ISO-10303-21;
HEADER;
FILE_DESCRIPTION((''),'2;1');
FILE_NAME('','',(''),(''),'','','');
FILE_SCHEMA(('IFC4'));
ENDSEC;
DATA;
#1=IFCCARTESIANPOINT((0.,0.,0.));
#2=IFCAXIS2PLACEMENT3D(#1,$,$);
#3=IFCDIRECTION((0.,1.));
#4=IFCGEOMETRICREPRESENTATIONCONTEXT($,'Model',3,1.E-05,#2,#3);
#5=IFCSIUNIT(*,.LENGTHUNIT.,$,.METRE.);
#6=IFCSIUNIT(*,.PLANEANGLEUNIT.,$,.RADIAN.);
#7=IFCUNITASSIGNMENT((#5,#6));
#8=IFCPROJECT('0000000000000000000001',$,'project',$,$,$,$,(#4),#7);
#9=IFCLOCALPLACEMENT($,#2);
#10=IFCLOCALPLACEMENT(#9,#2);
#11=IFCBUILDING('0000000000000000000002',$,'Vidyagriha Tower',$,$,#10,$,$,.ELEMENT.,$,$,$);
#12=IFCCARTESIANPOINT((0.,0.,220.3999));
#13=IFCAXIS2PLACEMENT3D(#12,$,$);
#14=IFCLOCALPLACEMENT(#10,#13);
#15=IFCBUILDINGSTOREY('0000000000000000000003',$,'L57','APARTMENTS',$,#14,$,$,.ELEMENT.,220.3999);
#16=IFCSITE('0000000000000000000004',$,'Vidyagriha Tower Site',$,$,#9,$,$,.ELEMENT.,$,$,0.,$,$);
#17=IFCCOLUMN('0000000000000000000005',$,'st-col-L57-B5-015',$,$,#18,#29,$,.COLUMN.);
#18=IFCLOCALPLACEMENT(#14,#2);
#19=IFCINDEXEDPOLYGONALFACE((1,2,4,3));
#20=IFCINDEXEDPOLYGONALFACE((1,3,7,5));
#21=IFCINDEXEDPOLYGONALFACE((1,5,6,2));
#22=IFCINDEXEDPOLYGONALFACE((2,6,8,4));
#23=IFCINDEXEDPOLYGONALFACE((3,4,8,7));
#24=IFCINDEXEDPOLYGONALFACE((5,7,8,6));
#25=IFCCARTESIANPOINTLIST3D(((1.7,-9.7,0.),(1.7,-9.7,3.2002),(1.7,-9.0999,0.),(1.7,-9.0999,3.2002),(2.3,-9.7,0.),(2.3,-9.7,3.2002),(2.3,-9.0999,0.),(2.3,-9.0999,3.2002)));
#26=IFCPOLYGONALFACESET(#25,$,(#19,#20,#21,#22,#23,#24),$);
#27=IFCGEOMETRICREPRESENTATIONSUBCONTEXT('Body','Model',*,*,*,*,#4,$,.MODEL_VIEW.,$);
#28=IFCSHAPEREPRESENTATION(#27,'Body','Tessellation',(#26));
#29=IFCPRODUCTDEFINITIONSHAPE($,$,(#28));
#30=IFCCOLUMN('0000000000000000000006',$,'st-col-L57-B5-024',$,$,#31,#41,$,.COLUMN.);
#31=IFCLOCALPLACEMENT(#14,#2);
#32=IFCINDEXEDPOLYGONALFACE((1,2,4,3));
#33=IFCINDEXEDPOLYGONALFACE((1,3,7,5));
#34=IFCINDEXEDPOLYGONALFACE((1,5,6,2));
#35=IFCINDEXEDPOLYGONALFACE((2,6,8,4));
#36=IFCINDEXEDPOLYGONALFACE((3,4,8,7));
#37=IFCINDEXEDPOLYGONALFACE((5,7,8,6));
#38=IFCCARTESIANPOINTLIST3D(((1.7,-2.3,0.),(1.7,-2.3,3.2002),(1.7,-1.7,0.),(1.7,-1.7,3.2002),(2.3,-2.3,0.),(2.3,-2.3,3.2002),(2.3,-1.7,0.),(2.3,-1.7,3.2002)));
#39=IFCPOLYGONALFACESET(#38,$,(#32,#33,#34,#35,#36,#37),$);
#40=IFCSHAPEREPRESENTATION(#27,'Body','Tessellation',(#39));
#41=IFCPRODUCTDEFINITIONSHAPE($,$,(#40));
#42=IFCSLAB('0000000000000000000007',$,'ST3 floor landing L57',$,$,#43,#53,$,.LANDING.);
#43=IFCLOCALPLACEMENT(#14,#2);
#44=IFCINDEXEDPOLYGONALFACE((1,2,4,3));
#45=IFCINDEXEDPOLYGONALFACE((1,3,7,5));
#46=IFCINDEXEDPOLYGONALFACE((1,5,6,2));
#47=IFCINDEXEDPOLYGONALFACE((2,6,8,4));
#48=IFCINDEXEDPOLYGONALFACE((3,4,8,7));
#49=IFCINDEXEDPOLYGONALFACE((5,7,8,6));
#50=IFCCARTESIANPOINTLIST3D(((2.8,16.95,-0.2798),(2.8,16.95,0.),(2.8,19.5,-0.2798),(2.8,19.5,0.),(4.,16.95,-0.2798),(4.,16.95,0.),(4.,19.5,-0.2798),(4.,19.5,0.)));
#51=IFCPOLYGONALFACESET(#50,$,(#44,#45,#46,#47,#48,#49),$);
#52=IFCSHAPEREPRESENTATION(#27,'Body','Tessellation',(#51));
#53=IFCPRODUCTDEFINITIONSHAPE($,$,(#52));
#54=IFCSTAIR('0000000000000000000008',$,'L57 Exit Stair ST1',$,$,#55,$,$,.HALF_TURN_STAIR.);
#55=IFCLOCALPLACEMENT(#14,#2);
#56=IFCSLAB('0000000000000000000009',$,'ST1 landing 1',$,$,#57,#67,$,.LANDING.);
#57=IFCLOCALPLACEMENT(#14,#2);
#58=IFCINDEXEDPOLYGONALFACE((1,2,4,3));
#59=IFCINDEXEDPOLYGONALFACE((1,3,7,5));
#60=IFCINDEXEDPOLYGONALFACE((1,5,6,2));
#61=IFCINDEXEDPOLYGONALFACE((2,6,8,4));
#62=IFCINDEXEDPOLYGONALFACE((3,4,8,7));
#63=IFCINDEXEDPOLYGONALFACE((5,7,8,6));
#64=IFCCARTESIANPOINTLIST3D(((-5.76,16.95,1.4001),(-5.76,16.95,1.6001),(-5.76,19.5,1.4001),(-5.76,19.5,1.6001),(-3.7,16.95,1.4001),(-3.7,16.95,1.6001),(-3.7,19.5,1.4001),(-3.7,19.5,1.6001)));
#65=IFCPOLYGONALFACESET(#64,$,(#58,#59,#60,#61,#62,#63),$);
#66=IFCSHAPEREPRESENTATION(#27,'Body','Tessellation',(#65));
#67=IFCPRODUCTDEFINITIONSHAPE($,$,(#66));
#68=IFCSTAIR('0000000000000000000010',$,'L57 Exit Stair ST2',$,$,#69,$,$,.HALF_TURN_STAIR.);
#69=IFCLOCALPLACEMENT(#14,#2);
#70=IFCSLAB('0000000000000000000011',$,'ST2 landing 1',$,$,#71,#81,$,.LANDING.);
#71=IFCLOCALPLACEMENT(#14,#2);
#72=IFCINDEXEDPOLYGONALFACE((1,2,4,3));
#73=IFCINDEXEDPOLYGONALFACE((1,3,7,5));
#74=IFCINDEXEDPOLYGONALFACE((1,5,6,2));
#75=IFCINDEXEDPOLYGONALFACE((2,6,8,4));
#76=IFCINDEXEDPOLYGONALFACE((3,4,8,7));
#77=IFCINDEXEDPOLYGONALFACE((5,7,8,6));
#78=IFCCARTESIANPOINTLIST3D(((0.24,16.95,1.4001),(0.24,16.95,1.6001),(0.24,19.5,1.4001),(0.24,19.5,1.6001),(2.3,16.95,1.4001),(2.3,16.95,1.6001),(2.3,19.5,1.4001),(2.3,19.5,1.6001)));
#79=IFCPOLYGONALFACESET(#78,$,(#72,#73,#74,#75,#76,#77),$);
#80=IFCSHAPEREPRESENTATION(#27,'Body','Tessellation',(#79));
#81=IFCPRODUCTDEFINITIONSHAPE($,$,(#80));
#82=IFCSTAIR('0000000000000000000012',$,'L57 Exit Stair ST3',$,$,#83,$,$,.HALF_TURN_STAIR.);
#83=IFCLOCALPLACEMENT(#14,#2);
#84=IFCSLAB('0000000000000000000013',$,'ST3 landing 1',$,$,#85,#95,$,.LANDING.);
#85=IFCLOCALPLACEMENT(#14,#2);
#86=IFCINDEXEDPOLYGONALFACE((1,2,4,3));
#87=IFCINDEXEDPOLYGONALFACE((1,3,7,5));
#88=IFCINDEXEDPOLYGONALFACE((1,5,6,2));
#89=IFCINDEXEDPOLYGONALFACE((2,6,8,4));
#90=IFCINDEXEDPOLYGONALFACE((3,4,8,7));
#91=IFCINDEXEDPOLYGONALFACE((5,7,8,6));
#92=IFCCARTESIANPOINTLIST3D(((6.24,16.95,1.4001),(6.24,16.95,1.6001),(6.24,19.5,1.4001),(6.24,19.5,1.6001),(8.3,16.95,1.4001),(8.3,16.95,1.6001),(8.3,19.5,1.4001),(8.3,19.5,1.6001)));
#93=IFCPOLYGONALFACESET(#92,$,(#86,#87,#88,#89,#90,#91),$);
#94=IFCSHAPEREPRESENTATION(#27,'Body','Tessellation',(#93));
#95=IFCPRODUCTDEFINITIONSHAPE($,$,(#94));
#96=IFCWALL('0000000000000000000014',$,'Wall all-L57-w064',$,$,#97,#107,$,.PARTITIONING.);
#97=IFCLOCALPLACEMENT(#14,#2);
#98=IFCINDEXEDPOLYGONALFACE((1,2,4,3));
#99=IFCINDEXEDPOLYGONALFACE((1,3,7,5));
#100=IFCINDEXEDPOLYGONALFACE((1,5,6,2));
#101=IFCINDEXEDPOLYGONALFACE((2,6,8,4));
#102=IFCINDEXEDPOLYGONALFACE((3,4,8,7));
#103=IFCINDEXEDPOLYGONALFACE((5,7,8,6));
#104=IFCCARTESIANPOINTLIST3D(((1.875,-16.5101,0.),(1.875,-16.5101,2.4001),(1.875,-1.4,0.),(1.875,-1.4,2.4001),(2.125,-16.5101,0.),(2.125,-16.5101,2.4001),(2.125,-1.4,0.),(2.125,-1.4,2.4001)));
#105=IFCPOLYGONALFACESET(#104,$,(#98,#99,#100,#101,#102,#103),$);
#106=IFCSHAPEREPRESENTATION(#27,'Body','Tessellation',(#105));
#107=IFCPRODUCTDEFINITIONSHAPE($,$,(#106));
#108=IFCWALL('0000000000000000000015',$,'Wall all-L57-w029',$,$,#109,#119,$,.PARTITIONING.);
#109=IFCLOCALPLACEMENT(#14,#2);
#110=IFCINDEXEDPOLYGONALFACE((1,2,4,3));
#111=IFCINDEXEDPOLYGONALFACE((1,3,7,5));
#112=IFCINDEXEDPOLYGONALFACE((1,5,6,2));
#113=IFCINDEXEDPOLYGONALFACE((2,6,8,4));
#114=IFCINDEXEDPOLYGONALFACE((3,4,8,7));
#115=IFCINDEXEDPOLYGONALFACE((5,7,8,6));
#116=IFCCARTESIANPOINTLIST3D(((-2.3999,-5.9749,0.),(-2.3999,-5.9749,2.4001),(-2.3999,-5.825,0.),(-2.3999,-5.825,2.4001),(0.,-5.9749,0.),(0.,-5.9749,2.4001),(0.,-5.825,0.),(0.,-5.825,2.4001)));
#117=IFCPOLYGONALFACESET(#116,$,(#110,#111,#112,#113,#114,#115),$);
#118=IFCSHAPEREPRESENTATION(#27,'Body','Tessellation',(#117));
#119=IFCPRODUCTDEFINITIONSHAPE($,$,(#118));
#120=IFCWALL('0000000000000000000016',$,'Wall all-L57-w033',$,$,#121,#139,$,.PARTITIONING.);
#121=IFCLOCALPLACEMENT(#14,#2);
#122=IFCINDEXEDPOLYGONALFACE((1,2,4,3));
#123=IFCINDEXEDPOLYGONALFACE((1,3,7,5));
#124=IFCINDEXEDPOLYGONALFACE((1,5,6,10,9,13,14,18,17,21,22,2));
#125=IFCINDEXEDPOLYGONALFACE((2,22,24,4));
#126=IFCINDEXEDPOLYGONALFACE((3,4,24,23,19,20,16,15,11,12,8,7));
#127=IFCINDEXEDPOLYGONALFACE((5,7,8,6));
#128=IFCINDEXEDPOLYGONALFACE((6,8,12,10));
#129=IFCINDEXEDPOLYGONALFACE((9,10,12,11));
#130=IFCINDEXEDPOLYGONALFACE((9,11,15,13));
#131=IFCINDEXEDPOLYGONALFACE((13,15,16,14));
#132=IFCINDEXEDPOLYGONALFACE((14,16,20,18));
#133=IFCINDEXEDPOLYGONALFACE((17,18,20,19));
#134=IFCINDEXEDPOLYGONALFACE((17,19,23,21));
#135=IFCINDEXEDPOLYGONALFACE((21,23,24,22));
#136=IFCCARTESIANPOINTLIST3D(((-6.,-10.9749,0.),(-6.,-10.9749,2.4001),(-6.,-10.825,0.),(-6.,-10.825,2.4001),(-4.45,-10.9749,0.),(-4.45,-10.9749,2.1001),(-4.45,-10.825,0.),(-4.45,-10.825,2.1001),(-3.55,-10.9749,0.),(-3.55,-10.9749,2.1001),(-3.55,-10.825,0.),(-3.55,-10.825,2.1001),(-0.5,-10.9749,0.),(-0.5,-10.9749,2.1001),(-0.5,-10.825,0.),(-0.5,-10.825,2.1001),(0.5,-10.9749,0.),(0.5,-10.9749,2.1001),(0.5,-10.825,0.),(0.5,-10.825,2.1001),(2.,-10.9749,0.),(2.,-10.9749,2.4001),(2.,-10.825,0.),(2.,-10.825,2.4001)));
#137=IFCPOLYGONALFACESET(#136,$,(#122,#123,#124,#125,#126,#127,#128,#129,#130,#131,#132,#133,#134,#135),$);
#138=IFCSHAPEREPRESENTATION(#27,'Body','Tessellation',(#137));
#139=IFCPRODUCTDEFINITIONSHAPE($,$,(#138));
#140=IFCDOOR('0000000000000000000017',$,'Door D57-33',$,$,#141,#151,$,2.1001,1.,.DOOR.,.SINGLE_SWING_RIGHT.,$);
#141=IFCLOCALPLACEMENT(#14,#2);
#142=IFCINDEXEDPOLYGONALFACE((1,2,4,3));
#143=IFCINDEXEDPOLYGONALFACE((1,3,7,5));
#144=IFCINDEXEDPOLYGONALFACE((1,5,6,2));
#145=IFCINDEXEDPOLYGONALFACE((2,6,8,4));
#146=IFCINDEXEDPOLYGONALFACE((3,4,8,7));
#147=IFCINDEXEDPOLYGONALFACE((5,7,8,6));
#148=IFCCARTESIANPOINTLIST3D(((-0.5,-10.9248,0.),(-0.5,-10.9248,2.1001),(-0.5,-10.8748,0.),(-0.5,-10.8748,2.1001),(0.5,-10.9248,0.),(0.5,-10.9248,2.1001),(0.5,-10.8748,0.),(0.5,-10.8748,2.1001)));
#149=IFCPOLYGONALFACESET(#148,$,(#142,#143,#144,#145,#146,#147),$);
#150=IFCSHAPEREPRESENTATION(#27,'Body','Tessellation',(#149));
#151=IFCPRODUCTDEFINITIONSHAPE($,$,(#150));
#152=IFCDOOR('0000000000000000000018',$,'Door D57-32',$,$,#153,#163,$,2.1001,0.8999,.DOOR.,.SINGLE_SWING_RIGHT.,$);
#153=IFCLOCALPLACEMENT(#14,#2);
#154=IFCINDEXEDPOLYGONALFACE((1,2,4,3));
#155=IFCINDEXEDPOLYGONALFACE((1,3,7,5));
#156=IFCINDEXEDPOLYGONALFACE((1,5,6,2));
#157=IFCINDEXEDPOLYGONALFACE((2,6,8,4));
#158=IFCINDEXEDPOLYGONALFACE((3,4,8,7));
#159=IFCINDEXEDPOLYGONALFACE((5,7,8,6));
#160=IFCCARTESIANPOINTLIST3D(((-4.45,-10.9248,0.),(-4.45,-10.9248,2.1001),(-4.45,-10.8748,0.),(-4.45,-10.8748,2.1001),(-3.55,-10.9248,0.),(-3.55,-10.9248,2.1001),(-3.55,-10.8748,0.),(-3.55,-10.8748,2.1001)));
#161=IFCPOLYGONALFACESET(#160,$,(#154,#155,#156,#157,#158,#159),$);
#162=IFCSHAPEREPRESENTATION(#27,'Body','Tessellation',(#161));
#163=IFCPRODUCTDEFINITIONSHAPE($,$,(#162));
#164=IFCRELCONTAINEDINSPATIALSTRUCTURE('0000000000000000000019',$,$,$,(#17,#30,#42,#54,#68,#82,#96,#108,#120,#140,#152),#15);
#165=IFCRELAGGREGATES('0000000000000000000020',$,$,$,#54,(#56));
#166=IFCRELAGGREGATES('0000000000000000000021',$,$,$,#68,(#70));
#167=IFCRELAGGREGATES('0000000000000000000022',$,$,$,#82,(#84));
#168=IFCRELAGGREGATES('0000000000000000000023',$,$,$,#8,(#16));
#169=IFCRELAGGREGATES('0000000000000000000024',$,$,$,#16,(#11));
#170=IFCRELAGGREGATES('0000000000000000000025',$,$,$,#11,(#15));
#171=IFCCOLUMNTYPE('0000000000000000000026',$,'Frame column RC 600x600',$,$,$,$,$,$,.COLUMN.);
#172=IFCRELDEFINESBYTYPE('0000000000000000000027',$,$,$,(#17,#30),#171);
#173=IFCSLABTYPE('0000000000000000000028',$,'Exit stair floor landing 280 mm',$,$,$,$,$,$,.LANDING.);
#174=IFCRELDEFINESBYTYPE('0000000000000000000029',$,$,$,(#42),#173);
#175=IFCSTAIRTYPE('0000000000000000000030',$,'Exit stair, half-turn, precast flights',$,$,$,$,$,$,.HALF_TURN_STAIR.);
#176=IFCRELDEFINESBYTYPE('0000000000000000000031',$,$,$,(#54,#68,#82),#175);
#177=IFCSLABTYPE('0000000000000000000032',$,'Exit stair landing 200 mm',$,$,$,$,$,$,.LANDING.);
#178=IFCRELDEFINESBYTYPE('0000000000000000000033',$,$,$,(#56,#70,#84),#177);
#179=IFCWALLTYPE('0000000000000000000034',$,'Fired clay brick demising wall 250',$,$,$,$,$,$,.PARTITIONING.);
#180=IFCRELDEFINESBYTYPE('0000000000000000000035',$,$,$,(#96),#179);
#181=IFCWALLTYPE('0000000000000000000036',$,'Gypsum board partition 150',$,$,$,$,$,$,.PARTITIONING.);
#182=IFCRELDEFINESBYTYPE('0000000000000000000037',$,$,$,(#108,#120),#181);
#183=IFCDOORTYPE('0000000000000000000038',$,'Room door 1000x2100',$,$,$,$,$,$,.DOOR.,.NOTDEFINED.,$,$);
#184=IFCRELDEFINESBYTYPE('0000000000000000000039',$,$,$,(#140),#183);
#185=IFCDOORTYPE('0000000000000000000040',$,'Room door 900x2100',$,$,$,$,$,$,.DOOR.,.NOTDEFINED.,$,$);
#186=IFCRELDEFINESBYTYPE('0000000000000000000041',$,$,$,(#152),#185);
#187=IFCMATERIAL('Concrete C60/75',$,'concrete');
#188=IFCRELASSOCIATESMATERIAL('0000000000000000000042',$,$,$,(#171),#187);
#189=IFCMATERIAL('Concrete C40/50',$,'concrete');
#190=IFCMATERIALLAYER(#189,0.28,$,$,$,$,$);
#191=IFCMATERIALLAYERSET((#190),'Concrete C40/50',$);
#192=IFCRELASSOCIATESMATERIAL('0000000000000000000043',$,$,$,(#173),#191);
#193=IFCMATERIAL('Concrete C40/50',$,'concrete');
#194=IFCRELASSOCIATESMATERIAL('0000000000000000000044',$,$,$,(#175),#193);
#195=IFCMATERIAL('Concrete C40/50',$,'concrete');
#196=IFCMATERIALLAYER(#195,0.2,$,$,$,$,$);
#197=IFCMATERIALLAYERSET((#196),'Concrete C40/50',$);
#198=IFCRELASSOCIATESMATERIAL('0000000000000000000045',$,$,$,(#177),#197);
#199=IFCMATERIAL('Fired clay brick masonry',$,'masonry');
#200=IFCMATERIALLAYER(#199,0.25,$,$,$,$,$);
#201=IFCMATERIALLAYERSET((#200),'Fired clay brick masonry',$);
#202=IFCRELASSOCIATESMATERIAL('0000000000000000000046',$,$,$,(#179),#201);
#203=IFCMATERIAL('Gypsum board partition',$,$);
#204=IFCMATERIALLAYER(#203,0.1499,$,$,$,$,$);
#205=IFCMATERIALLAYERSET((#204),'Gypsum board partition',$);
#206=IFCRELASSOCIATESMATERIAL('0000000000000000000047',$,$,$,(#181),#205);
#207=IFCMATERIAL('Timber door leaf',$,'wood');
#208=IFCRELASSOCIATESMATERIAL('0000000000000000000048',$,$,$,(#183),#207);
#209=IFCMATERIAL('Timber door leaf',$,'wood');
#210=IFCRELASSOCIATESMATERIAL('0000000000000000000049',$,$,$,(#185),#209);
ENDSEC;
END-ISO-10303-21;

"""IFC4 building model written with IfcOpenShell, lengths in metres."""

from ifc_helpers import new_model, si_unit, direction, frame, frame_2d, origin, origin_2d, place, context, subcontext, project, spatial, polyline, rectangle, outline, extrude, material, layer, layer_set, material_profile, profile_set, type_object, element, fill, aggregate, save


model = new_model("IFC4")

# Units and contexts
model_context = context("Model", 3, precision=1e-05, world=origin(), true_north=direction((0.0, 1.0)))
body_context = subcontext(model_context, "Body", "Model", "MODEL_VIEW")
ifc_project = project(units=[si_unit("LENGTHUNIT", "METRE"), si_unit("PLANEANGLEUNIT", "RADIAN")], contexts=[model_context])

# Site, building, storey
site_placement = place(None, origin())
site = spatial("IfcSite", under=ifc_project, at=site_placement, Name="Vidyagriha Tower Site", CompositionType="ELEMENT", RefElevation=0.0)
building_placement = place(site_placement, origin())
building = spatial("IfcBuilding", under=site, at=building_placement, Name="Vidyagriha Tower", CompositionType="ELEMENT")
storey_placement = place(building_placement, frame((0.0, 0.0, 220.3999)))
storey = spatial("IfcBuildingStorey", under=building, at=storey_placement, Name="L57", Description="APARTMENTS", CompositionType="ELEMENT", Elevation=220.3999)

# Columns
ifc_material_1 = material(Name="Concrete C60/75", Category="concrete")
ifc_material_profile = material_profile(ifc_material_1, rectangle(XDim=0.6001, YDim=0.6001, at=origin_2d()), Name="RC 600x600")
ifc_profile_set = profile_set([ifc_material_profile], Name="Concrete C60/75")
column_type = type_object("IfcColumnType", Name="Frame column RC 600x600", PredefinedType="COLUMN", material=ifc_profile_set)
for number, where, name in (
    (1, (2.0, -9.3999, 0.0), "st-col-L57-B5-015"),
    (2, (2.0, -2.0, 0.0), "st-col-L57-B5-024"),
):
    element("IfcColumn", number, at=place(storey_placement, frame(where)), inside=storey, type_object=column_type, Name=name, PredefinedType="COLUMN", context=body_context, shape_type="SweptSolid", body=[
        extrude(rectangle(XDim=0.6001, YDim=0.6001, at=origin_2d()), origin(), (0.0, 0.0, 1.0), 3.2002),
    ])

# Slab
ifc_material_2 = material(Name="Concrete C40/50", Category="concrete")
ifc_layer_1 = layer(ifc_material_2, 0.28)
ifc_layer_set_1 = layer_set([ifc_layer_1], Name="Concrete C40/50")
slab_type_1 = type_object("IfcSlabType", Name="Exit stair floor landing 280 mm", PredefinedType="LANDING", material=ifc_layer_set_1)
slab_1_placement = place(storey_placement, frame((0.0, 0.0, -0.2798)))
element("IfcSlab", 3, at=slab_1_placement, inside=storey, type_object=slab_type_1, Name="ST3 floor landing L57", PredefinedType="LANDING", context=body_context, shape_type="SweptSolid", body=[
    extrude(outline(polyline([(2.8, 16.95), (4.0, 16.95), (4.0, 19.5), (2.8, 19.5), (2.8, 16.95)])), origin(), (0.0, 0.0, 1.0), 0.2798),
])

# Stairs, slabs
ifc_material_3 = material(Name="Concrete C40/50", Category="concrete")
stair_type = type_object("IfcStairType", Name="Exit stair, half-turn, precast flights", PredefinedType="HALF_TURN_STAIR", material=ifc_material_3)
stair_1_placement = place(storey_placement, origin())
stair_1 = element("IfcStair", 4, at=stair_1_placement, inside=storey, type_object=stair_type, Name="L57 Exit Stair ST1", PredefinedType="HALF_TURN_STAIR")
ifc_material_4 = material(Name="Concrete C40/50", Category="concrete")
ifc_layer_2 = layer(ifc_material_4, 0.2)
ifc_layer_set_2 = layer_set([ifc_layer_2], Name="Concrete C40/50")
slab_type_2 = type_object("IfcSlabType", Name="Exit stair landing 200 mm", PredefinedType="LANDING", material=ifc_layer_set_2)
slab_2_placement = place(storey_placement, frame((0.0, 0.0, 1.4001)))
slab_2 = element("IfcSlab", 5, at=slab_2_placement, type_object=slab_type_2, Name="ST1 landing 1", PredefinedType="LANDING", context=body_context, shape_type="SweptSolid", body=[
    extrude(outline(polyline([(-5.76, 16.95), (-3.7, 16.95), (-3.7, 19.5), (-5.76, 19.5), (-5.76, 16.95)])), origin(), (0.0, 0.0, 1.0), 0.2),
])
aggregate(stair_1, [slab_2])
stair_2_placement = place(storey_placement, origin())
stair_2 = element("IfcStair", 6, at=stair_2_placement, inside=storey, type_object=stair_type, Name="L57 Exit Stair ST2", PredefinedType="HALF_TURN_STAIR")
slab_3_placement = place(storey_placement, frame((0.0, 0.0, 1.4001)))
slab_3 = element("IfcSlab", 7, at=slab_3_placement, type_object=slab_type_2, Name="ST2 landing 1", PredefinedType="LANDING", context=body_context, shape_type="SweptSolid", body=[
    extrude(outline(polyline([(0.24, 16.95), (2.3, 16.95), (2.3, 19.5), (0.24, 19.5), (0.24, 16.95)])), origin(), (0.0, 0.0, 1.0), 0.2),
])
aggregate(stair_2, [slab_3])
stair_3_placement = place(storey_placement, origin())
stair_3 = element("IfcStair", 8, at=stair_3_placement, inside=storey, type_object=stair_type, Name="L57 Exit Stair ST3", PredefinedType="HALF_TURN_STAIR")
slab_4_placement = place(storey_placement, frame((0.0, 0.0, 1.4001)))
slab_4 = element("IfcSlab", 9, at=slab_4_placement, type_object=slab_type_2, Name="ST3 landing 1", PredefinedType="LANDING", context=body_context, shape_type="SweptSolid", body=[
    extrude(outline(polyline([(6.24, 16.95), (8.3, 16.95), (8.3, 19.5), (6.24, 19.5), (6.24, 16.95)])), origin(), (0.0, 0.0, 1.0), 0.2),
])
aggregate(stair_3, [slab_4])

# Walls
ifc_material_5 = material(Name="Fired clay brick masonry", Category="masonry")
ifc_layer_3 = layer(ifc_material_5, 0.25)
ifc_layer_set_3 = layer_set([ifc_layer_3], Name="Fired clay brick masonry")
wall_type_1 = type_object("IfcWallType", Name="Fired clay brick demising wall 250", PredefinedType="PARTITIONING", material=ifc_layer_set_3)
wall_1_placement = place(storey_placement, frame((2.0, -1.3999, 0.0), z_axis=(0.0, 0.0, 1.0), x_axis=(0.0, -1.0, 0.0)))
element("IfcWall", 10, at=wall_1_placement, inside=storey, type_object=wall_type_1, Name="Wall all-L57-w064", PredefinedType="PARTITIONING", context=body_context, shape_type="SweptSolid", body=[
    extrude(rectangle(XDim=15.1101, YDim=0.25, at=frame_2d((7.5552, 0.0))), origin(), (0.0, 0.0, 1.0), 2.4001),
])
ifc_material_6 = material(Name="Gypsum board partition")
ifc_layer_4 = layer(ifc_material_6, 0.1499)
ifc_layer_set_4 = layer_set([ifc_layer_4], Name="Gypsum board partition")
wall_type_2 = type_object("IfcWallType", Name="Gypsum board partition 150", PredefinedType="PARTITIONING", material=ifc_layer_set_4)
wall_2_placement = place(storey_placement, frame((0.0, -5.8999, 0.0), z_axis=(0.0, 0.0, 1.0), x_axis=(-1.0, 0.0, 0.0)))
element("IfcWall", 11, at=wall_2_placement, inside=storey, type_object=wall_type_2, Name="Wall all-L57-w029", PredefinedType="PARTITIONING", context=body_context, shape_type="SweptSolid", body=[
    extrude(rectangle(XDim=2.3999, YDim=0.1499, at=frame_2d((1.2, 0.0))), origin(), (0.0, 0.0, 1.0), 2.4001),
])

# Wall, openings, doors
wall_3_placement = place(storey_placement, frame((2.0, -10.8999, 0.0), z_axis=(0.0, 0.0, 1.0), x_axis=(-1.0, 0.0, 0.0)))
wall_3 = element("IfcWall", 12, at=wall_3_placement, inside=storey, type_object=wall_type_2, Name="Wall all-L57-w033", PredefinedType="PARTITIONING", context=body_context, shape_type="SweptSolid", body=[
    extrude(rectangle(XDim=8.0, YDim=0.1499, at=frame_2d((4.0, 0.0))), origin(), (0.0, 0.0, 1.0), 2.4001),
])
opening_1_placement = place(wall_3_placement, frame((5.55, 0.0, 0.0)))
opening_1 = element("IfcOpeningElement", 13, at=opening_1_placement, cuts=wall_3, PredefinedType="OPENING", context=body_context, shape_type="SweptSolid", body=[
    extrude(rectangle(XDim=0.8999, YDim=2.1001, at=frame_2d((0.45, 1.05))), frame((0.0, 0.085, 0.0), z_axis=(0.0, -1.0, 0.0), x_axis=(1.0, 0.0, 0.0)), (0.0, 0.0, 1.0), 0.1699),
])
opening_2_placement = place(wall_3_placement, frame((1.5, 0.0, 0.0)))
opening_2 = element("IfcOpeningElement", 14, at=opening_2_placement, cuts=wall_3, PredefinedType="OPENING", context=body_context, shape_type="SweptSolid", body=[
    extrude(rectangle(XDim=1.0, YDim=2.1001, at=frame_2d((0.5, 1.05))), frame((0.0, 0.085, 0.0), z_axis=(0.0, -1.0, 0.0), x_axis=(1.0, 0.0, 0.0)), (0.0, 0.0, 1.0), 0.1699),
])
ifc_material_7 = material(Name="Timber door leaf", Category="wood")
door_type_1 = type_object("IfcDoorType", Name="Room door 1000x2100", OperationType="NOTDEFINED", PredefinedType="DOOR", material=ifc_material_7)
door_1_placement = place(opening_2_placement, origin())
door_1 = element("IfcDoor", 15, at=door_1_placement, inside=storey, type_object=door_type_1, Name="Door D57-33", OperationType="SINGLE_SWING_RIGHT", OverallHeight=2.1001, OverallWidth=1.0, PredefinedType="DOOR", context=body_context, shape_type="SweptSolid", body=[
    extrude(rectangle(XDim=1.0, YDim=2.1001, at=frame_2d((0.5, 1.05))), frame((0.0, 0.0249, 0.0), z_axis=(0.0, -1.0, 0.0), x_axis=(1.0, 0.0, 0.0)), (0.0, 0.0, 1.0), 0.05),
])
fill(opening_2, door_1)
ifc_material_8 = material(Name="Timber door leaf", Category="wood")
door_type_2 = type_object("IfcDoorType", Name="Room door 900x2100", OperationType="NOTDEFINED", PredefinedType="DOOR", material=ifc_material_8)
door_2_placement = place(opening_1_placement, origin())
door_2 = element("IfcDoor", 16, at=door_2_placement, inside=storey, type_object=door_type_2, Name="Door D57-32", OperationType="SINGLE_SWING_RIGHT", OverallHeight=2.1001, OverallWidth=0.8999, PredefinedType="DOOR", context=body_context, shape_type="SweptSolid", body=[
    extrude(rectangle(XDim=0.8999, YDim=2.1001, at=frame_2d((0.45, 1.05))), frame((0.0, 0.0249, 0.0), z_axis=(0.0, -1.0, 0.0), x_axis=(1.0, 0.0, 0.0)), (0.0, 0.0, 1.0), 0.05),
])
fill(opening_1, door_2)

save(model, "model.ifc")
